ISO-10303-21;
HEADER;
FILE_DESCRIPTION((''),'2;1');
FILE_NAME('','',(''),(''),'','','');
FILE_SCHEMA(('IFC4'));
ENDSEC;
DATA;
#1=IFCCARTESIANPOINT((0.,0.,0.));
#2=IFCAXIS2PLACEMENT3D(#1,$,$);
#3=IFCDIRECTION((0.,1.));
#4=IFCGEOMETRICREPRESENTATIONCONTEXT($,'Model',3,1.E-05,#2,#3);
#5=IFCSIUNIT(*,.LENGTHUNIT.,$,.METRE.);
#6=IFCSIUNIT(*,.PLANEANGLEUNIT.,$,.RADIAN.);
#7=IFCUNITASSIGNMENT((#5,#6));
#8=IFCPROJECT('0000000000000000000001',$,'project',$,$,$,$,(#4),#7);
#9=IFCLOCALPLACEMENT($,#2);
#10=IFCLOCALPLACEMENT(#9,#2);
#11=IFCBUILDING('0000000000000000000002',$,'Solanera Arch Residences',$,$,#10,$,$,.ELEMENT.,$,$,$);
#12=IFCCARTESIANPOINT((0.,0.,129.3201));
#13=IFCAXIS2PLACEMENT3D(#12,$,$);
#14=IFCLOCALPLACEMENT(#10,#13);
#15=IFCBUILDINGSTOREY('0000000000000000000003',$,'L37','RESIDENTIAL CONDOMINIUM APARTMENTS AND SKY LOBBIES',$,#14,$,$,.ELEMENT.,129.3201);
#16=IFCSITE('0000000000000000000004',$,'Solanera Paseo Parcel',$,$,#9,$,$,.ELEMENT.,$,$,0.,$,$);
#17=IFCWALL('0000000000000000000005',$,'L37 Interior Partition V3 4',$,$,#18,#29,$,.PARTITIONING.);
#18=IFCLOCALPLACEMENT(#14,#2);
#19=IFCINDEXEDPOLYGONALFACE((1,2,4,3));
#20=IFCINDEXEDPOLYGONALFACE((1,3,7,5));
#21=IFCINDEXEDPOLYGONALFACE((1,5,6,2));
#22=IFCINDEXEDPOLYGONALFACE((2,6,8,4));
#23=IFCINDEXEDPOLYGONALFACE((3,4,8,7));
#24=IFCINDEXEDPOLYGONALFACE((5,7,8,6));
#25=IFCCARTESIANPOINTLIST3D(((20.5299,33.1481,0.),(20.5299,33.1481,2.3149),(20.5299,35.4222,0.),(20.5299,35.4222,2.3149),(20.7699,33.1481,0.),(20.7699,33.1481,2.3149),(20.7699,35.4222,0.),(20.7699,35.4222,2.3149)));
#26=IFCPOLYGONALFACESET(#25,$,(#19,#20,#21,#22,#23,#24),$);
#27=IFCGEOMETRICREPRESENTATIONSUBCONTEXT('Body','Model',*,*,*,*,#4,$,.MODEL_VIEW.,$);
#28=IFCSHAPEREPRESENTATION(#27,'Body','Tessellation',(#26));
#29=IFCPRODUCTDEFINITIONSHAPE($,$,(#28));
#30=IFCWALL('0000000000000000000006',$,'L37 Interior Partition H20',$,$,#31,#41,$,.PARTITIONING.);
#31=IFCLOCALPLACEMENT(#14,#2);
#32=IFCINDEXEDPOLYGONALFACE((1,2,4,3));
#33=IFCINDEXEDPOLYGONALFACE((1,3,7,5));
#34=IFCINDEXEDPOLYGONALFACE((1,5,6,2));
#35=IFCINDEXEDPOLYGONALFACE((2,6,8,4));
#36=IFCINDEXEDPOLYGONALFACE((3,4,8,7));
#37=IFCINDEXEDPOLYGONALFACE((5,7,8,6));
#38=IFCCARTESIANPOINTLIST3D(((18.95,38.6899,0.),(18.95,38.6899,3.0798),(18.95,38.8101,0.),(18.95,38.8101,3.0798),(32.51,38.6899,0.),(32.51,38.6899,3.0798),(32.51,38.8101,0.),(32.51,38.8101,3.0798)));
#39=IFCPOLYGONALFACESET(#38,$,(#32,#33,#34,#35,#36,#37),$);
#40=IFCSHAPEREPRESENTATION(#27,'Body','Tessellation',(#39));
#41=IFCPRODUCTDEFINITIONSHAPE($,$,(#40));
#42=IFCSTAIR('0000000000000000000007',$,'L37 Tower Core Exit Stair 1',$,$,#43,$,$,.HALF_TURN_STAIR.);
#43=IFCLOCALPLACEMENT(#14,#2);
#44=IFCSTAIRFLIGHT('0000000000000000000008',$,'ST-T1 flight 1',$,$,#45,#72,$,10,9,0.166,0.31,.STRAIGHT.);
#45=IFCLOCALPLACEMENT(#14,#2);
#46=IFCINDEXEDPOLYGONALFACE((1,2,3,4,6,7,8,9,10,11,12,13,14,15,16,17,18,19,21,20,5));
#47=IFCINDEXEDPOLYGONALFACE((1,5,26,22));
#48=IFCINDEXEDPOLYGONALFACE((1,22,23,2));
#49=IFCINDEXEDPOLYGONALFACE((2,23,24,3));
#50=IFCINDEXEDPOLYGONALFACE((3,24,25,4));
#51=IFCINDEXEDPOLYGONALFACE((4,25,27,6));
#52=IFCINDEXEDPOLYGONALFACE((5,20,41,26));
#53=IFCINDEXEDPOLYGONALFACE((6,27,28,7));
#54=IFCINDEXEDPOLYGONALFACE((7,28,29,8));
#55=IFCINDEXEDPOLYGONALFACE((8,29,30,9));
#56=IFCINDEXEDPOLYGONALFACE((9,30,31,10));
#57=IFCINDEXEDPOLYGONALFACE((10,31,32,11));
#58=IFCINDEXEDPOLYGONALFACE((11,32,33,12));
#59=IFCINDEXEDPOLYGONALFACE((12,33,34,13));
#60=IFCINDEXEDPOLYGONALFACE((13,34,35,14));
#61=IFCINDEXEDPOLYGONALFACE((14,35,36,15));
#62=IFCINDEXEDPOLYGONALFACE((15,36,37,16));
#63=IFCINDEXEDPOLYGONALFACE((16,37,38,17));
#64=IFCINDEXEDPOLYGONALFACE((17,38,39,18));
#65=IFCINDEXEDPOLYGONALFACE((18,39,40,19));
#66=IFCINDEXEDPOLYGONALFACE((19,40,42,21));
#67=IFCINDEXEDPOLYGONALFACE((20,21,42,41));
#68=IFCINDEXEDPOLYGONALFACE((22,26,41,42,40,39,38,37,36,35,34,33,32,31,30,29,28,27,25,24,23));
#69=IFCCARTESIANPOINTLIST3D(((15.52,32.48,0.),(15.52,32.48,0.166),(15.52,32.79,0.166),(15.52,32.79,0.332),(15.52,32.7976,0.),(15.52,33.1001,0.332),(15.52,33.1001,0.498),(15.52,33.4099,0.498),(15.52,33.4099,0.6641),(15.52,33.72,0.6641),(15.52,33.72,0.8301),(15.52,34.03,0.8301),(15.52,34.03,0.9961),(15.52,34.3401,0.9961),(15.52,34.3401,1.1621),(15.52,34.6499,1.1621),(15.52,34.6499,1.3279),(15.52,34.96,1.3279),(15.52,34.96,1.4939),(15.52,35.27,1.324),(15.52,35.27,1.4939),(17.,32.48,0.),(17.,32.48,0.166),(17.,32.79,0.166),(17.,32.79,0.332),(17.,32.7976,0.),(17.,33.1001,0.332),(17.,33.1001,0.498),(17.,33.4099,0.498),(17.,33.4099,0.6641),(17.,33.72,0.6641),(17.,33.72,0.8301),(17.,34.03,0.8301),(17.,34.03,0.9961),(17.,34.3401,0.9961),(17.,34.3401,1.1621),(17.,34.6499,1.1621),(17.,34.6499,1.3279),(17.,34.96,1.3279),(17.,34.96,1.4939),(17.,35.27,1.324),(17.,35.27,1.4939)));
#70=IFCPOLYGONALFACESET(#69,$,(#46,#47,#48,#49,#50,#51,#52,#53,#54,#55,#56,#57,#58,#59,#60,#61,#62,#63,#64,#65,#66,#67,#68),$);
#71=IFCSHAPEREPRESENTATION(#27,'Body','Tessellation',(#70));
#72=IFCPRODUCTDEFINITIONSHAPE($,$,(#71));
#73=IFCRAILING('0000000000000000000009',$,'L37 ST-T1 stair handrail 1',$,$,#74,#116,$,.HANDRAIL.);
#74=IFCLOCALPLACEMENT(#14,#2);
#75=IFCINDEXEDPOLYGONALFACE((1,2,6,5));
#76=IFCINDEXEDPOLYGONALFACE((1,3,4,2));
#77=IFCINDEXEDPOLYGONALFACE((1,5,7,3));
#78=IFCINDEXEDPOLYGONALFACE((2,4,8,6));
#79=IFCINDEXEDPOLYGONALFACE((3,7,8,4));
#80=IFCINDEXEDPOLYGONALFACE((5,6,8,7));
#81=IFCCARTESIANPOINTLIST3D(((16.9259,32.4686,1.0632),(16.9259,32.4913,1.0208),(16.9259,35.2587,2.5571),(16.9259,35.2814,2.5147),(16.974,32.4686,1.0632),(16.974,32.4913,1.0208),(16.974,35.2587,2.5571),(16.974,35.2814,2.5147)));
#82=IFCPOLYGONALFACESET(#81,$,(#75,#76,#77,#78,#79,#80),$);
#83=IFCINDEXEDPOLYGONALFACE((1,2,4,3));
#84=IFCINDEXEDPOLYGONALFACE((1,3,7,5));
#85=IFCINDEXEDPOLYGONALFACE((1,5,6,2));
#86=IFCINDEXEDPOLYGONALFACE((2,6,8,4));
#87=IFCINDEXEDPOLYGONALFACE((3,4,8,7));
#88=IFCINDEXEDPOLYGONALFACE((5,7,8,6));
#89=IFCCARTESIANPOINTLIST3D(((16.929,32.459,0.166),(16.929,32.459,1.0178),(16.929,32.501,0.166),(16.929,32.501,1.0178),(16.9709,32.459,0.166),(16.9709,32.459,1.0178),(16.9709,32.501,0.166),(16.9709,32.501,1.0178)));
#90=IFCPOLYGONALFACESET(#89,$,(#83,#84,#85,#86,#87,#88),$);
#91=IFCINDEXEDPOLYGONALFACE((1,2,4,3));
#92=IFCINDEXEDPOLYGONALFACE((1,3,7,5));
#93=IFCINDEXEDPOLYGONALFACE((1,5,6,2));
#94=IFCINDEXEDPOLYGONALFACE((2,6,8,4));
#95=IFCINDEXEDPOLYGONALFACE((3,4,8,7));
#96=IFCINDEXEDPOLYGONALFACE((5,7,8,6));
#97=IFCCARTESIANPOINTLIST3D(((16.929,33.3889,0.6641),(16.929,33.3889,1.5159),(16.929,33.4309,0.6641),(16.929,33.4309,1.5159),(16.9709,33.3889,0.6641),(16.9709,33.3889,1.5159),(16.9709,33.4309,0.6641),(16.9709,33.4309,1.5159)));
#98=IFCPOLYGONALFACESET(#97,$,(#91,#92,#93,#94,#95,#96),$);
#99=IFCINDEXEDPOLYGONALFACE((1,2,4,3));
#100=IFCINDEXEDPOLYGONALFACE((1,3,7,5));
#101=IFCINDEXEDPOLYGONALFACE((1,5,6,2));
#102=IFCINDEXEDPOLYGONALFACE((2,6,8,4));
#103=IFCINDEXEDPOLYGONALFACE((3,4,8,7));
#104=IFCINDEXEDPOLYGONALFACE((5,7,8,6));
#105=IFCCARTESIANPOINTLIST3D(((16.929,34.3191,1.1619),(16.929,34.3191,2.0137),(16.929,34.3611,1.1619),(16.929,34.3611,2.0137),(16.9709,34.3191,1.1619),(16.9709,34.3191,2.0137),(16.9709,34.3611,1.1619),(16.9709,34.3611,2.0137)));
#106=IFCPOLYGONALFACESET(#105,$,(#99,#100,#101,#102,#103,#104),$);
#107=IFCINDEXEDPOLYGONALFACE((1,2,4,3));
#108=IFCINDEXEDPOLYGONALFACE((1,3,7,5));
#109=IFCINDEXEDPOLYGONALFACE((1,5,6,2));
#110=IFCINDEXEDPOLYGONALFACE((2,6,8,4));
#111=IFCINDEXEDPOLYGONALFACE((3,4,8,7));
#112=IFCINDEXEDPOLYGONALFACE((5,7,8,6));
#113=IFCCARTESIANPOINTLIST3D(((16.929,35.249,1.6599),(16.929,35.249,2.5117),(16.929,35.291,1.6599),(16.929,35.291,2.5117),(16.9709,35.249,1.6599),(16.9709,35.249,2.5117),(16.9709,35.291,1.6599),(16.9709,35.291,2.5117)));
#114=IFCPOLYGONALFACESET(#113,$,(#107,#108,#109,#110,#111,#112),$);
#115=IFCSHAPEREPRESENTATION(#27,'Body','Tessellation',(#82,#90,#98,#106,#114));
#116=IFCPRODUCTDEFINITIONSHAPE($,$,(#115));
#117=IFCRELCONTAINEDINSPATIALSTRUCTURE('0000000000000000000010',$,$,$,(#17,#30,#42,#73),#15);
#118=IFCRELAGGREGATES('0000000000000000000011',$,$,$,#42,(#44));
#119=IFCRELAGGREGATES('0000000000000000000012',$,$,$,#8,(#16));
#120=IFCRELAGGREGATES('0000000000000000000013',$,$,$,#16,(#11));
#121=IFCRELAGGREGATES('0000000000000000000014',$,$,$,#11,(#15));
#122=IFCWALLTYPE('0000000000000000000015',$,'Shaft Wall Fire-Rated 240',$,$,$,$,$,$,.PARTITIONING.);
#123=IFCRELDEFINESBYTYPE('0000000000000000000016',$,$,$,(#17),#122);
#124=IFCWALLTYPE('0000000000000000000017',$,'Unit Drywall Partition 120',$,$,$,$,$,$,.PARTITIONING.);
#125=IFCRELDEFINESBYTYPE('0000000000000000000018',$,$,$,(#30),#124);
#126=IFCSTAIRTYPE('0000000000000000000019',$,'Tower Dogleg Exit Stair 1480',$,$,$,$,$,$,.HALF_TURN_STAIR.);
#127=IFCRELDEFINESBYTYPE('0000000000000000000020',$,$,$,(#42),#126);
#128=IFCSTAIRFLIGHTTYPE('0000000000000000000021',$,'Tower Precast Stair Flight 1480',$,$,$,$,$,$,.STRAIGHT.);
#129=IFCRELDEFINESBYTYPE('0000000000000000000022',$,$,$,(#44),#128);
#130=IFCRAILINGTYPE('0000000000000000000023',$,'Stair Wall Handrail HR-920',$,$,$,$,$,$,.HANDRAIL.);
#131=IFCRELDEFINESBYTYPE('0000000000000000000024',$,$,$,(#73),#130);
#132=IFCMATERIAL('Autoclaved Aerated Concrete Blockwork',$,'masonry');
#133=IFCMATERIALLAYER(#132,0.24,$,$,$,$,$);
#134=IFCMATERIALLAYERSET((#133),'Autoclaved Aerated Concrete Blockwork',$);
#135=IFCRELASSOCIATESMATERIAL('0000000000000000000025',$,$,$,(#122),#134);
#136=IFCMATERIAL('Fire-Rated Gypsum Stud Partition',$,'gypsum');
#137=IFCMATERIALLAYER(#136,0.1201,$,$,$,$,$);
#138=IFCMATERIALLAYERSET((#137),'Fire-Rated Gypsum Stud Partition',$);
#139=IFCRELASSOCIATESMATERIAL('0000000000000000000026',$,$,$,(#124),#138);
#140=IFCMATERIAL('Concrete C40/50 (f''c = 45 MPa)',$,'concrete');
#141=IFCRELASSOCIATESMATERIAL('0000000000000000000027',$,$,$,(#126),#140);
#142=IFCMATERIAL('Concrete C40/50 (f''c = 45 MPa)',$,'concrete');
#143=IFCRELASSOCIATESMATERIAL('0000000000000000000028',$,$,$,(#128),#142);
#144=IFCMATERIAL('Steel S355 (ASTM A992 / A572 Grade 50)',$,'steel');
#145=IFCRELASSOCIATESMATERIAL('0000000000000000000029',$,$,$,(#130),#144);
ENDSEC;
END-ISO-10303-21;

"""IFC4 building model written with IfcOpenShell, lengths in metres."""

from ifc_helpers import new_model, si_unit, direction, frame, frame_2d, origin, origin_2d, place, context, subcontext, project, spatial, polyline, rectangle, outline, extrude, material, layer, layer_set, type_object, element, aggregate, save


model = new_model("IFC4")

# Units and contexts
model_context = context("Model", 3, precision=1e-05, world=origin(), true_north=direction((0.0, 1.0)))
body_context = subcontext(model_context, "Body", "Model", "MODEL_VIEW")
ifc_project = project(units=[si_unit("LENGTHUNIT", "METRE"), si_unit("PLANEANGLEUNIT", "RADIAN")], contexts=[model_context])

# Site, building, storey
site_placement = place(None, origin())
site = spatial("IfcSite", under=ifc_project, at=site_placement, Name="Solanera Paseo Parcel", CompositionType="ELEMENT", RefElevation=0.0)
building_placement = place(site_placement, origin())
building = spatial("IfcBuilding", under=site, at=building_placement, Name="Solanera Arch Residences", CompositionType="ELEMENT")
storey_placement = place(building_placement, frame((0.0, 0.0, 129.3201)))
storey = spatial("IfcBuildingStorey", under=building, at=storey_placement, Name="L37", Description="RESIDENTIAL CONDOMINIUM APARTMENTS AND SKY LOBBIES", CompositionType="ELEMENT", Elevation=129.3201)

# Shared definitions
ifc_material_1 = material(Name="Autoclaved Aerated Concrete Blockwork", Category="masonry")
ifc_layer_1 = layer(ifc_material_1, 0.24)
ifc_layer_set_1 = layer_set([ifc_layer_1], Name="Autoclaved Aerated Concrete Blockwork")
wall_type_1 = type_object("IfcWallType", Name="Shaft Wall Fire-Rated 240", PredefinedType="PARTITIONING", material=ifc_layer_set_1)

# Walls
wall_1_placement = place(storey_placement, frame((20.6499, 33.1479, 0.0), z_axis=(0.0, 0.0, 1.0), x_axis=(0.0, 1.0, 0.0)))
element("IfcWall", 1, at=wall_1_placement, inside=storey, type_object=wall_type_1, Name="L37 Interior Partition V3 4", PredefinedType="PARTITIONING", context=body_context, shape_type="SweptSolid", body=[
    extrude(rectangle(XDim=2.2742, YDim=0.24, at=frame_2d((1.1372, 0.0))), origin(), (0.0, 0.0, 1.0), 2.3149),
])
ifc_material_2 = material(Name="Fire-Rated Gypsum Stud Partition", Category="gypsum")
ifc_layer_2 = layer(ifc_material_2, 0.1201)
ifc_layer_set_2 = layer_set([ifc_layer_2], Name="Fire-Rated Gypsum Stud Partition")
wall_type_2 = type_object("IfcWallType", Name="Unit Drywall Partition 120", PredefinedType="PARTITIONING", material=ifc_layer_set_2)
wall_2_placement = place(storey_placement, frame((18.95, 38.75, 0.0), z_axis=(0.0, 0.0, 1.0), x_axis=(1.0, 0.0, 0.0)))
element("IfcWall", 2, at=wall_2_placement, inside=storey, type_object=wall_type_2, Name="L37 Interior Partition H20", PredefinedType="PARTITIONING", context=body_context, shape_type="SweptSolid", body=[
    extrude(rectangle(XDim=13.5601, YDim=0.1201, at=frame_2d((6.78, 0.0))), origin(), (0.0, 0.0, 1.0), 3.0798),
])

# Stair, stair flight
ifc_material_3 = material(Name="Concrete C40/50 (f'c = 45 MPa)", Category="concrete")
stair_type = type_object("IfcStairType", Name="Tower Dogleg Exit Stair 1480", PredefinedType="HALF_TURN_STAIR", material=ifc_material_3)
stair_placement = place(storey_placement, origin())
stair = element("IfcStair", 3, at=stair_placement, inside=storey, type_object=stair_type, Name="L37 Tower Core Exit Stair 1", PredefinedType="HALF_TURN_STAIR")
ifc_material_4 = material(Name="Concrete C40/50 (f'c = 45 MPa)", Category="concrete")
stair_flight_type = type_object("IfcStairFlightType", Name="Tower Precast Stair Flight 1480", PredefinedType="STRAIGHT", material=ifc_material_4)
stair_flight_placement = place(storey_placement, frame((16.26, 32.48, 0.0), z_axis=(0.0, 0.0, 1.0), x_axis=(0.0, 1.0, 0.0)))
stair_flight = element("IfcStairFlight", 4, at=stair_flight_placement, type_object=stair_flight_type, Name="ST-T1 flight 1", NumberOfRisers=10, NumberOfTreads=9, PredefinedType="STRAIGHT", RiserHeight=0.166, TreadLength=0.31, context=body_context, shape_type="SweptSolid", body=[
    extrude(outline(polyline([(0.0, 0.0), (0.0, 0.166), (0.3101, 0.166), (0.3101, 0.332), (0.6201, 0.332), (0.6201, 0.498), (0.9299, 0.498), (0.9299, 0.6641), (1.24, 0.6641), (1.24, 0.8301), (1.55, 0.8301), (1.55, 0.9961), (1.8601, 0.9961), (1.8601, 1.1621), (2.1699, 1.1621), (2.1699, 1.3279), (2.48, 1.3279), (2.48, 1.4939), (2.79, 1.4939), (2.79, 1.6599), (2.79, 1.324), (0.3176, 0.0), (0.0, 0.0)])), frame((0.0, 0.74, 0.0), z_axis=(0.0, -1.0, 0.0), x_axis=(1.0, 0.0, 0.0)), (0.0, 0.0, 1.0), 1.48),
])
aggregate(stair, [stair_flight])

# Railing
ifc_material_5 = material(Name="Steel S355 (ASTM A992 / A572 Grade 50)", Category="steel")
railing_type = type_object("IfcRailingType", Name="Stair Wall Handrail HR-920", PredefinedType="HANDRAIL", material=ifc_material_5)
railing_placement = place(storey_placement, frame((16.95, 32.48, 0.166)))
element("IfcRailing", 5, at=railing_placement, inside=storey, type_object=railing_type, Name="L37 ST-T1 stair handrail 1", PredefinedType="HANDRAIL", context=body_context, shape_type="SweptSolid", body=[
    extrude(rectangle(XDim=0.0481, YDim=0.0481, at=origin_2d()), frame((0.0, 0.0, 0.876), z_axis=(0.0, 0.881581, 0.472033), x_axis=(-1.0, 0.0, 0.0)), (0.0, 0.0, 1.0), 3.1648),
    extrude(rectangle(XDim=0.042, YDim=0.042, at=origin_2d()), origin(), (0.0, 0.0, 1.0), 0.8518),
    extrude(rectangle(XDim=0.042, YDim=0.042, at=origin_2d()), frame((0.0, 0.9299, 0.498)), (0.0, 0.0, 1.0), 0.8518),
    extrude(rectangle(XDim=0.042, YDim=0.042, at=origin_2d()), frame((0.0, 1.8601, 0.9958)), (0.0, 0.0, 1.0), 0.8518),
    extrude(rectangle(XDim=0.042, YDim=0.042, at=origin_2d()), frame((0.0, 2.79, 1.4939)), (0.0, 0.0, 1.0), 0.8518),
])

save(model, "model.ifc")
